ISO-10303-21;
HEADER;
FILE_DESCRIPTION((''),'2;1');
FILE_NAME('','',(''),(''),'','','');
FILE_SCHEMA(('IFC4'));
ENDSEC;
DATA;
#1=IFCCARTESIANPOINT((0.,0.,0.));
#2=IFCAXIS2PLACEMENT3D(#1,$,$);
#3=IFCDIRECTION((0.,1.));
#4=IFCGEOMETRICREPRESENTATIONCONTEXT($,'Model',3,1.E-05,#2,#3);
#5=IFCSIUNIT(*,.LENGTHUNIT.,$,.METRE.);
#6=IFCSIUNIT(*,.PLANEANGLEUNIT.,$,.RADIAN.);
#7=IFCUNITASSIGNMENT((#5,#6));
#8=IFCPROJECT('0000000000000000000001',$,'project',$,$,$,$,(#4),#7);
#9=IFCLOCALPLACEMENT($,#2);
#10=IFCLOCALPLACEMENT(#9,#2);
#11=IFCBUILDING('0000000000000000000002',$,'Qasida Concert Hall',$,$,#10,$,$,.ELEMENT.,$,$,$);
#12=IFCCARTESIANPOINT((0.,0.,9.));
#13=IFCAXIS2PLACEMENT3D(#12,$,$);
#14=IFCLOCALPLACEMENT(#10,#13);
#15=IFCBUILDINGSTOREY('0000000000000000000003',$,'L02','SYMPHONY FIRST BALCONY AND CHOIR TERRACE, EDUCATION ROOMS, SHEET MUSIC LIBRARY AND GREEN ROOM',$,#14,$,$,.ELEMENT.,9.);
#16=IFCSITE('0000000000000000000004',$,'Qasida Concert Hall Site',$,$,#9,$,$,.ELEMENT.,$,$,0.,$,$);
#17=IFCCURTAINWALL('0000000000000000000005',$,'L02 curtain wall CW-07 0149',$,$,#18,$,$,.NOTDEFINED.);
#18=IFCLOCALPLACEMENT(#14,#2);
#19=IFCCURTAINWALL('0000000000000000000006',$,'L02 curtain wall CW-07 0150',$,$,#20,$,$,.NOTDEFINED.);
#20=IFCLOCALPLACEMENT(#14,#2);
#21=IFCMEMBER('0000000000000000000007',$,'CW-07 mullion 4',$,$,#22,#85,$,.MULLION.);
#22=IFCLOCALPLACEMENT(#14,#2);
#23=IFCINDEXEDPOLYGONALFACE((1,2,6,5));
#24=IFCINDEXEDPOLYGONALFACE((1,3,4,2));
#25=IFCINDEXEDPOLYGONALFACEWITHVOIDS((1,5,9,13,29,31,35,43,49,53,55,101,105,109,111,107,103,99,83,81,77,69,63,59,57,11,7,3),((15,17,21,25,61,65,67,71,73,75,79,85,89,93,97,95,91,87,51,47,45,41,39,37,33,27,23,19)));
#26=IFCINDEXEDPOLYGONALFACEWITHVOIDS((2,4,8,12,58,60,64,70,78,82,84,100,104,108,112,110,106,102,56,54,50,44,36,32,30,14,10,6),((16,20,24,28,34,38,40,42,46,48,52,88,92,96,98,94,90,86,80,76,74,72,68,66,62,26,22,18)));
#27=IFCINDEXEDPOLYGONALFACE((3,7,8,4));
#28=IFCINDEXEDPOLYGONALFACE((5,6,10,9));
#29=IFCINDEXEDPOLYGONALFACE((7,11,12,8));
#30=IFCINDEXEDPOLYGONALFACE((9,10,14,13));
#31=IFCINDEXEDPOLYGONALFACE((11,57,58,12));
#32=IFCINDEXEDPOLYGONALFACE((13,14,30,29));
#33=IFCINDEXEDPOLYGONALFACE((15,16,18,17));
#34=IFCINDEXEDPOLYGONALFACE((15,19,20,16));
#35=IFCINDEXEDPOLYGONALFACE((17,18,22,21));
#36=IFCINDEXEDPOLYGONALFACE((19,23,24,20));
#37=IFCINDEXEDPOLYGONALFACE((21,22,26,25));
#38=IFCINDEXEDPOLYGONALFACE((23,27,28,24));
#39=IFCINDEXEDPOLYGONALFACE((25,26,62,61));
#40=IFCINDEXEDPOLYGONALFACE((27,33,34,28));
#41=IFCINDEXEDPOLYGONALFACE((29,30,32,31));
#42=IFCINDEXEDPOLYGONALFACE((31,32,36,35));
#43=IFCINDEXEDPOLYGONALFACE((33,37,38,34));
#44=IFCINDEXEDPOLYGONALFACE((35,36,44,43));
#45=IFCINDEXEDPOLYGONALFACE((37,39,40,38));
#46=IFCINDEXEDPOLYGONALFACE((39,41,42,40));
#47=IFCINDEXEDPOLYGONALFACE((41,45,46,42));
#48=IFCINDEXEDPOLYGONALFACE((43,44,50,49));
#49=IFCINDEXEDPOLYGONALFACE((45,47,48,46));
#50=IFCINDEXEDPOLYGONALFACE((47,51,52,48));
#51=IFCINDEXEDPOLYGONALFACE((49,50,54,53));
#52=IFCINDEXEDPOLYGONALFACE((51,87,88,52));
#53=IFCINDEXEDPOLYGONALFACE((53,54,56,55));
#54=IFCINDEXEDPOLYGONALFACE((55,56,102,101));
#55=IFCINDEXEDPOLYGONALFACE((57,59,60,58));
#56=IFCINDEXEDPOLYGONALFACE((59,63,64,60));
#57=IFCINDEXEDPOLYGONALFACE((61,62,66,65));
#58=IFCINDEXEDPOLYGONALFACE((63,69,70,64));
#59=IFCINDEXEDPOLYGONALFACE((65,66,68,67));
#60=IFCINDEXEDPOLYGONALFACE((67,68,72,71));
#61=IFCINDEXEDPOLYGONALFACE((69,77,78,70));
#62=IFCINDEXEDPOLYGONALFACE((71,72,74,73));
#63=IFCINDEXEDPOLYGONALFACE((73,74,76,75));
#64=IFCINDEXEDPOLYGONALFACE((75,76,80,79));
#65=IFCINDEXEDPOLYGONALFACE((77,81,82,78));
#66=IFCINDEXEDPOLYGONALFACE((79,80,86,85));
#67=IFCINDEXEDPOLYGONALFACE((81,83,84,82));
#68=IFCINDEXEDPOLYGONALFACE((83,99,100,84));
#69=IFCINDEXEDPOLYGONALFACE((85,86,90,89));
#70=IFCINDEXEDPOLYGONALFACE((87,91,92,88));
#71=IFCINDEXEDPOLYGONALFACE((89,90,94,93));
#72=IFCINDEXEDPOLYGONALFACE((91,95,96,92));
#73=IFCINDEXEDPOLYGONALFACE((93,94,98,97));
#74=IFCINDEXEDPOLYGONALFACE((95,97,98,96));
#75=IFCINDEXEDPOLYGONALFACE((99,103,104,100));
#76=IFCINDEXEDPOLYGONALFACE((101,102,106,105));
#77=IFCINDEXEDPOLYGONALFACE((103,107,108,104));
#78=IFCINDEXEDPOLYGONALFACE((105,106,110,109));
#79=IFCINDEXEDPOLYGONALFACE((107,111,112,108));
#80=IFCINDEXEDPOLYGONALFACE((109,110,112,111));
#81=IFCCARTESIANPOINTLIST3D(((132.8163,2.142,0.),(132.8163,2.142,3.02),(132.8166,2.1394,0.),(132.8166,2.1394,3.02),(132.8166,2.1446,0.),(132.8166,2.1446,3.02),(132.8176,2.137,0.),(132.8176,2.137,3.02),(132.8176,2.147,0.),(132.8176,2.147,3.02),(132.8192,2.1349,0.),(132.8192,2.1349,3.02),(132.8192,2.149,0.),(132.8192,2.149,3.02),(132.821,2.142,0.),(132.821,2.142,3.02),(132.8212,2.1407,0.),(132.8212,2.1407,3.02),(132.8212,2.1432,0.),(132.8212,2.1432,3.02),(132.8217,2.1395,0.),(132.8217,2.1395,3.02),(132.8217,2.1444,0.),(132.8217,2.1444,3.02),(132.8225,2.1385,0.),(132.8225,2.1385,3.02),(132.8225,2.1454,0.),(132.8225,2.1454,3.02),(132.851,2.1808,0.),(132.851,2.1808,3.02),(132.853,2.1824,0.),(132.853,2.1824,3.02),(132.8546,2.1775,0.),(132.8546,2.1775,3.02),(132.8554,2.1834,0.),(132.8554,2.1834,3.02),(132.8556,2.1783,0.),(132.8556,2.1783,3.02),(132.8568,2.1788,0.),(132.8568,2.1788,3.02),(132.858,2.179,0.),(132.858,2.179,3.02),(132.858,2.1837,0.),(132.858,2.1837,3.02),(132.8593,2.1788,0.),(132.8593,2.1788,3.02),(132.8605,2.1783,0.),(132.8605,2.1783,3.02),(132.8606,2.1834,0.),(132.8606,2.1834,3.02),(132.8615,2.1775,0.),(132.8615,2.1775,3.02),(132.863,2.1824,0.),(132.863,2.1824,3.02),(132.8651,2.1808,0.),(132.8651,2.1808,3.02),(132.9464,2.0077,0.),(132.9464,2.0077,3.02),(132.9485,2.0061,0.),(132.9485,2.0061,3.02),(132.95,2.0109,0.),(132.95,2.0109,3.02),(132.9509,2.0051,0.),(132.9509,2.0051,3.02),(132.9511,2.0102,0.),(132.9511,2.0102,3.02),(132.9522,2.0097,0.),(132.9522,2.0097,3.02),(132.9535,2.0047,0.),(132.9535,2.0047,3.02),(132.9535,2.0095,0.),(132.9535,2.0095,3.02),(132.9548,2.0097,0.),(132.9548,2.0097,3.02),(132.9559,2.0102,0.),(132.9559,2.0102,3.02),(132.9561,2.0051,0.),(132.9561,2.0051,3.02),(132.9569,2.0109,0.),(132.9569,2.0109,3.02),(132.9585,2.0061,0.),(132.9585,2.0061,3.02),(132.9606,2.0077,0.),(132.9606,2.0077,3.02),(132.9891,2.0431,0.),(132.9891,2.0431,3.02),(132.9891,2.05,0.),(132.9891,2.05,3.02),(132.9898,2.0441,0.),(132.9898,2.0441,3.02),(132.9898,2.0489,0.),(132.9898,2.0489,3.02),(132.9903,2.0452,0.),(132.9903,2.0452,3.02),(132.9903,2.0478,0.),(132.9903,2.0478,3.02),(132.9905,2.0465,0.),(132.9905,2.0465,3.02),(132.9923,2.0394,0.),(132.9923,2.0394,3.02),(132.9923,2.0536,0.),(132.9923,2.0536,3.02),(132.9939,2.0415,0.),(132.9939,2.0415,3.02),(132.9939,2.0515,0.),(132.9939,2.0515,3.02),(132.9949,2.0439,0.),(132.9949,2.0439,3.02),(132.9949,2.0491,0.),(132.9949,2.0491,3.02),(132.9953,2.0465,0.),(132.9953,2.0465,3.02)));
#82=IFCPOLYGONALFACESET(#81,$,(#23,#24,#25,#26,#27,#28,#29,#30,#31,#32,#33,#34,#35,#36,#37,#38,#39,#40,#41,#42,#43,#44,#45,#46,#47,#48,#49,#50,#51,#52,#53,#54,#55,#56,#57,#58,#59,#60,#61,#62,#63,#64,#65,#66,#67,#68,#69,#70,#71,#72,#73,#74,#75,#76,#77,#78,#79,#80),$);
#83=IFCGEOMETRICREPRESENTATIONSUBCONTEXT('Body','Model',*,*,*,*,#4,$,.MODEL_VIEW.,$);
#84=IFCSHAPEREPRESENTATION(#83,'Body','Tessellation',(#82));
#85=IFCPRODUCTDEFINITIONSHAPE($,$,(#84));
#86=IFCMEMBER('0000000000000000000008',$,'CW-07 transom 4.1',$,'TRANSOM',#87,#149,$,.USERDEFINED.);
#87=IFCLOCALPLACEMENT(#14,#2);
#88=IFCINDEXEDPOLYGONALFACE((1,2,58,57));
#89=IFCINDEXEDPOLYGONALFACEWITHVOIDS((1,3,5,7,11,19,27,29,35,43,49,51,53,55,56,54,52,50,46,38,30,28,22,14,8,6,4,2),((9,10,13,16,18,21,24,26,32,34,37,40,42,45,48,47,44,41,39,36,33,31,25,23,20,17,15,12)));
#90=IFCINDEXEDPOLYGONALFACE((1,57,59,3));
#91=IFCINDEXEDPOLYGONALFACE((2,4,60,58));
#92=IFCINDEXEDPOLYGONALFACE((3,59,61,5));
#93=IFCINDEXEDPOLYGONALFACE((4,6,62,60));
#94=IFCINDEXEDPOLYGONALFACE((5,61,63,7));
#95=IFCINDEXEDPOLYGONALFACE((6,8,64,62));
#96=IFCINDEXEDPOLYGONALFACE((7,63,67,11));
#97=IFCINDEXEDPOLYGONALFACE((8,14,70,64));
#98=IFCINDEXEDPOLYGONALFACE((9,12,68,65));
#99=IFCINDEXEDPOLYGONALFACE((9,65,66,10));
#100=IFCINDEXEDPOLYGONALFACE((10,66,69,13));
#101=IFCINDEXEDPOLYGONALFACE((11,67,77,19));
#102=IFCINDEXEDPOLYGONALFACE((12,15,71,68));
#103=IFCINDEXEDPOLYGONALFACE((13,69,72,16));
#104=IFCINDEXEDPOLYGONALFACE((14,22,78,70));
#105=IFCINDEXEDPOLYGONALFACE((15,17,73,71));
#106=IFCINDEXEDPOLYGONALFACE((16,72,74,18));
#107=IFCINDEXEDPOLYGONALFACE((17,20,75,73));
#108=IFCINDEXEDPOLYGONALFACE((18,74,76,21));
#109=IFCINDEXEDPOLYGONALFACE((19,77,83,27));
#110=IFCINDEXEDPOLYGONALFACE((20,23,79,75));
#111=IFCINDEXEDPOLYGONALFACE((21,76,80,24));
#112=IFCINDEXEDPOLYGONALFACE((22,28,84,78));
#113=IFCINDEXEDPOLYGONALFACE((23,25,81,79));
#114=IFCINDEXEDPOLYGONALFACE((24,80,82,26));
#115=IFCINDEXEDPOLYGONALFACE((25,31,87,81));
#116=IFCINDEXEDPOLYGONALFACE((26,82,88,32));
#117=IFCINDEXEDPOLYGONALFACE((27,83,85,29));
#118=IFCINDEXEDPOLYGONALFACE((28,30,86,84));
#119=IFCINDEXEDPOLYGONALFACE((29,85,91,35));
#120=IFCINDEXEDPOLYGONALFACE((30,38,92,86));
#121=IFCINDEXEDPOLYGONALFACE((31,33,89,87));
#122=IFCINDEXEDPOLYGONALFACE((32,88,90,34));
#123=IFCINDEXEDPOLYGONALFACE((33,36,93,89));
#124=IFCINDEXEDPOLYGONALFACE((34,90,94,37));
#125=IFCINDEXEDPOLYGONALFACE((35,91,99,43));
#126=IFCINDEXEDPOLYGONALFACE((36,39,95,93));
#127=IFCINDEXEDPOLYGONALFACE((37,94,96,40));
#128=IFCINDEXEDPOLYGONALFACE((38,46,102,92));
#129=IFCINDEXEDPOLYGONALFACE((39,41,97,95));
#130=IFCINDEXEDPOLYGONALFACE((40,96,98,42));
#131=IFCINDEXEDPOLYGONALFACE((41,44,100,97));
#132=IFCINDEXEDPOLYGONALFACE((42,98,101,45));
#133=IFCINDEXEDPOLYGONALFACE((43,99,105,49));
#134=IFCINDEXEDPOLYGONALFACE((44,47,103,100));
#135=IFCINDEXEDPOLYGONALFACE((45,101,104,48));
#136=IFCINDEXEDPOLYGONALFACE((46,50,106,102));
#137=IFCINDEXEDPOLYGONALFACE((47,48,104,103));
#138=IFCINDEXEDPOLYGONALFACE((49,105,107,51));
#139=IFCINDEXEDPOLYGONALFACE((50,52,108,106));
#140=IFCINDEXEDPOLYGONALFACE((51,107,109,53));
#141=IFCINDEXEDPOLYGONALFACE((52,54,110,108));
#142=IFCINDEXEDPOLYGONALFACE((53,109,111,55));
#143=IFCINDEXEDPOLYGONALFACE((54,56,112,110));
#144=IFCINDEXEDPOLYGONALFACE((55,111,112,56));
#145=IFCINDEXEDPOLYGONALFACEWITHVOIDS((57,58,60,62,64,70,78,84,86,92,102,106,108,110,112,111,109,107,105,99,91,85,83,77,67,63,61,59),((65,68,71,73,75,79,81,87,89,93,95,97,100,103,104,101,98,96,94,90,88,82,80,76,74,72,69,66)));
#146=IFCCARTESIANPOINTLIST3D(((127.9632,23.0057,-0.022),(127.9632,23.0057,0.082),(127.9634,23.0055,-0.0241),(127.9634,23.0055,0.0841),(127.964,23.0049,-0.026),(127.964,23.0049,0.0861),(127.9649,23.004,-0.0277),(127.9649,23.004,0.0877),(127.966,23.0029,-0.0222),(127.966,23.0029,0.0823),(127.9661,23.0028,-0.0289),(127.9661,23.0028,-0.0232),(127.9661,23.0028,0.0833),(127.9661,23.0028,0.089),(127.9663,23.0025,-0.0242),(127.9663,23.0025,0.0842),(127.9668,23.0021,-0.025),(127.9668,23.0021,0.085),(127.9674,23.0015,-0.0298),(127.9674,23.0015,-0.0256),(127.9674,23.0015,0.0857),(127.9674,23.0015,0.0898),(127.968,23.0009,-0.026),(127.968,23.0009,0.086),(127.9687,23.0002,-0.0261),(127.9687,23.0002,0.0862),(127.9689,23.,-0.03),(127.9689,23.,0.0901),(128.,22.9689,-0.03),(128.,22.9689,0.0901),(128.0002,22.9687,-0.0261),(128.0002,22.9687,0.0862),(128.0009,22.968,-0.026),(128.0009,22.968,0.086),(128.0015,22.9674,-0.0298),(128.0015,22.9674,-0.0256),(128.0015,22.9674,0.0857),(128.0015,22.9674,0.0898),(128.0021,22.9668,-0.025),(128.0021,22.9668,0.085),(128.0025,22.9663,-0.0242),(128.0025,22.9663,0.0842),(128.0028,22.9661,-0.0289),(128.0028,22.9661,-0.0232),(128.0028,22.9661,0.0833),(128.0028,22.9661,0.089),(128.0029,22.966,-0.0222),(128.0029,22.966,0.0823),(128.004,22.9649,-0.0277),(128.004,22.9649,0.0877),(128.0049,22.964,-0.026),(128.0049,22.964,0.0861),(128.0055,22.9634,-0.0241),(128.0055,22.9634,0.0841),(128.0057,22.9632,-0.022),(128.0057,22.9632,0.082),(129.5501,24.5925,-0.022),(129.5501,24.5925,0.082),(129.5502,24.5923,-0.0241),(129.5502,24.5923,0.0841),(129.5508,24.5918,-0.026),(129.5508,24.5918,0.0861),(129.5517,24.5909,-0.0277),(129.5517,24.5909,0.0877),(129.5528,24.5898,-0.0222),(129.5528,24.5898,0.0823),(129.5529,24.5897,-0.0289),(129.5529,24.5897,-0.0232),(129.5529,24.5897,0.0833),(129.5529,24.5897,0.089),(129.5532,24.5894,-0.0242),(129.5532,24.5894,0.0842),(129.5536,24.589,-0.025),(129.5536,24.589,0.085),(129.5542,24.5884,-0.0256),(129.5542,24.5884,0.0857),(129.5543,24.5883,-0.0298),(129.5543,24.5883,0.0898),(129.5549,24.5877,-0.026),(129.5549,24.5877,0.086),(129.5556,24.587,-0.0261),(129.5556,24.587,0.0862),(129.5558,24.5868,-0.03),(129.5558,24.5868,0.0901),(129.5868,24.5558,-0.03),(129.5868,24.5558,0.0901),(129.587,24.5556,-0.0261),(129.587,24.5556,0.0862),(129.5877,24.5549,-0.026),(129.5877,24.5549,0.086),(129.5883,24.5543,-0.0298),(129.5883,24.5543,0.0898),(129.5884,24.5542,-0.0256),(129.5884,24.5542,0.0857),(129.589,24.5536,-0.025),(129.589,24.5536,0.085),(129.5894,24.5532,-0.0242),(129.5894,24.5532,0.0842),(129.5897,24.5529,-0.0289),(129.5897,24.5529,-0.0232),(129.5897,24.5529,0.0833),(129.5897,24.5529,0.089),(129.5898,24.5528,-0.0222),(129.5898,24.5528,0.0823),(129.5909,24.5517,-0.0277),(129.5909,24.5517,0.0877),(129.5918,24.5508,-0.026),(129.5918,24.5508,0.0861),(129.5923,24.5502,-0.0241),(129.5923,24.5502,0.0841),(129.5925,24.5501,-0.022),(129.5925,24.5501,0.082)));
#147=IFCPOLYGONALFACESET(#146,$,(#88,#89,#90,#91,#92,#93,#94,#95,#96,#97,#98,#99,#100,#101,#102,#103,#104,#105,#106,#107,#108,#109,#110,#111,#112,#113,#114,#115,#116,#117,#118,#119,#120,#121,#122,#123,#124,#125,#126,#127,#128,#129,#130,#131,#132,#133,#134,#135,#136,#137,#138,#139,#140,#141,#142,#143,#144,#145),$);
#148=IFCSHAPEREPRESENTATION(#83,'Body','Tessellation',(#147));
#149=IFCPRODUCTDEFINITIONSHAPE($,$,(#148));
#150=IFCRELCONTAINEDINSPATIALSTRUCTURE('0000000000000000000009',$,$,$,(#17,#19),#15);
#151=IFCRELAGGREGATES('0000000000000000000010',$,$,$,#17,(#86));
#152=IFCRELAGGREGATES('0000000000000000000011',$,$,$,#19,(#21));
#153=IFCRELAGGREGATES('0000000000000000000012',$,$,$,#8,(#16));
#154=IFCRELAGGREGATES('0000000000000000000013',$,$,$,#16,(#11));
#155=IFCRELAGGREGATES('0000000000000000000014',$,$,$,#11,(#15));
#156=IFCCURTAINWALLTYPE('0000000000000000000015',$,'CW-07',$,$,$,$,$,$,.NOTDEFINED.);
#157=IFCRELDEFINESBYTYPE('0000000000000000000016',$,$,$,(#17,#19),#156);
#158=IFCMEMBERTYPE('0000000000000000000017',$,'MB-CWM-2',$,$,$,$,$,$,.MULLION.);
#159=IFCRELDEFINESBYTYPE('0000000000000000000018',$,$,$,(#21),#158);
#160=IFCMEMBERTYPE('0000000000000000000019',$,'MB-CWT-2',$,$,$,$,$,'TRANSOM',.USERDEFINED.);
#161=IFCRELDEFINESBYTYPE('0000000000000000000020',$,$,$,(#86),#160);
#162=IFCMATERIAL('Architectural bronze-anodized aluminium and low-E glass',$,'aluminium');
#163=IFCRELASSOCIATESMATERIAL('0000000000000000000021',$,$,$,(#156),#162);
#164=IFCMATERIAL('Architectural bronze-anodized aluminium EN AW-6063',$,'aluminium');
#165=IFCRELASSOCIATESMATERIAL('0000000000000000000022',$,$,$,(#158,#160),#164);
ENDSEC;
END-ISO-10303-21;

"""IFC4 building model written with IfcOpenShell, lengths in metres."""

from ifc_helpers import new_model, si_unit, direction, frame, origin, origin_2d, place, context, subcontext, project, spatial, hollow_rectangle, extrude, material, material_profile, profile_set, type_object, element, aggregate, save


model = new_model("IFC4")

# Units and contexts
model_context = context("Model", 3, precision=1e-05, world=origin(), true_north=direction((0.0, 1.0)))
body_context = subcontext(model_context, "Body", "Model", "MODEL_VIEW")
ifc_project = project(units=[si_unit("LENGTHUNIT", "METRE"), si_unit("PLANEANGLEUNIT", "RADIAN")], contexts=[model_context])

# Site, building, storey
site_placement = place(None, origin())
site = spatial("IfcSite", under=ifc_project, at=site_placement, Name="Qasida Concert Hall Site", CompositionType="ELEMENT", RefElevation=0.0)
building_placement = place(site_placement, origin())
building = spatial("IfcBuilding", under=site, at=building_placement, Name="Qasida Concert Hall", CompositionType="ELEMENT")
storey_placement = place(building_placement, frame((0.0, 0.0, 9.0)))
storey = spatial("IfcBuildingStorey", under=building, at=storey_placement, Name="L02", Description="SYMPHONY FIRST BALCONY AND CHOIR TERRACE, EDUCATION ROOMS, SHEET MUSIC LIBRARY AND GREEN ROOM", CompositionType="ELEMENT", Elevation=9.0)

# Curtain wall
ifc_material_1 = material(Name="Architectural bronze-anodized aluminium and low-E glass", Category="aluminium")
curtain_wall_type = type_object("IfcCurtainWallType", Name="CW-07", PredefinedType="NOTDEFINED", material=ifc_material_1)
curtain_wall_1_placement = place(storey_placement, origin())
curtain_wall_1 = element("IfcCurtainWall", 1, at=curtain_wall_1_placement, inside=storey, type_object=curtain_wall_type, Name="L02 curtain wall CW-07 0149", PredefinedType="NOTDEFINED")
ifc_material_2 = material(Name="Architectural bronze-anodized aluminium EN AW-6063", Category="aluminium")
ifc_material_profile_1 = material_profile(ifc_material_2, hollow_rectangle(XDim=0.0649, YDim=0.2, WallThickness=0.0049, InnerFilletRadius=0.0049, OuterFilletRadius=0.01, at=origin_2d()), Name="CWM 200x65x5")
ifc_profile_set_1 = profile_set([ifc_material_profile_1], Name="Architectural bronze-anodized aluminium EN AW-6063")
member_type_1 = type_object("IfcMemberType", Name="MB-CWM-2", PredefinedType="MULLION", material=ifc_profile_set_1)

# Curtain wall, member
curtain_wall_2_placement = place(storey_placement, origin())
curtain_wall_2 = element("IfcCurtainWall", 2, at=curtain_wall_2_placement, inside=storey, type_object=curtain_wall_type, Name="L02 curtain wall CW-07 0150", PredefinedType="NOTDEFINED")
member_1_placement = place(storey_placement, frame((132.9058, 2.0942, 0.0), z_axis=(0.0, 0.0, 1.0), x_axis=(0.707107, 0.707107, 0.0)))
member_1 = element("IfcMember", 3, at=member_1_placement, type_object=member_type_1, Name="CW-07 mullion 4", PredefinedType="MULLION", context=body_context, shape_type="SweptSolid", body=[
    extrude(hollow_rectangle(XDim=0.0649, YDim=0.2, WallThickness=0.0049, InnerFilletRadius=0.0049, OuterFilletRadius=0.01, at=origin_2d()), origin(), (0.0, 0.0, 1.0), 3.02),
])

# Member
ifc_material_profile_2 = material_profile(ifc_material_2, hollow_rectangle(XDim=0.0601, YDim=0.1201, WallThickness=0.0039, InnerFilletRadius=0.0039, OuterFilletRadius=0.0081, at=origin_2d()), Name="CWT 120x60x4")
ifc_profile_set_2 = profile_set([ifc_material_profile_2], Name="Architectural bronze-anodized aluminium EN AW-6063")
member_type_2 = type_object("IfcMemberType", Name="MB-CWT-2", ElementType="TRANSOM", PredefinedType="USERDEFINED", material=ifc_profile_set_2)
member_2_placement = place(storey_placement, frame((129.5713, 24.5713, 0.03), z_axis=(-0.707107, -0.707107, 0.0), x_axis=(0.707107, -0.707107, 0.0)))
member_2 = element("IfcMember", 4, at=member_2_placement, type_object=member_type_2, Name="CW-07 transom 4.1", ObjectType="TRANSOM", PredefinedType="USERDEFINED", context=body_context, shape_type="SweptSolid", body=[
    extrude(hollow_rectangle(XDim=0.0601, YDim=0.1201, WallThickness=0.0039, InnerFilletRadius=0.0039, OuterFilletRadius=0.0081, at=origin_2d()), origin(), (0.0, 0.0, 1.0), 2.2441),
])
aggregate(curtain_wall_1, [member_2])

aggregate(curtain_wall_2, [member_1])

save(model, "model.ifc")
